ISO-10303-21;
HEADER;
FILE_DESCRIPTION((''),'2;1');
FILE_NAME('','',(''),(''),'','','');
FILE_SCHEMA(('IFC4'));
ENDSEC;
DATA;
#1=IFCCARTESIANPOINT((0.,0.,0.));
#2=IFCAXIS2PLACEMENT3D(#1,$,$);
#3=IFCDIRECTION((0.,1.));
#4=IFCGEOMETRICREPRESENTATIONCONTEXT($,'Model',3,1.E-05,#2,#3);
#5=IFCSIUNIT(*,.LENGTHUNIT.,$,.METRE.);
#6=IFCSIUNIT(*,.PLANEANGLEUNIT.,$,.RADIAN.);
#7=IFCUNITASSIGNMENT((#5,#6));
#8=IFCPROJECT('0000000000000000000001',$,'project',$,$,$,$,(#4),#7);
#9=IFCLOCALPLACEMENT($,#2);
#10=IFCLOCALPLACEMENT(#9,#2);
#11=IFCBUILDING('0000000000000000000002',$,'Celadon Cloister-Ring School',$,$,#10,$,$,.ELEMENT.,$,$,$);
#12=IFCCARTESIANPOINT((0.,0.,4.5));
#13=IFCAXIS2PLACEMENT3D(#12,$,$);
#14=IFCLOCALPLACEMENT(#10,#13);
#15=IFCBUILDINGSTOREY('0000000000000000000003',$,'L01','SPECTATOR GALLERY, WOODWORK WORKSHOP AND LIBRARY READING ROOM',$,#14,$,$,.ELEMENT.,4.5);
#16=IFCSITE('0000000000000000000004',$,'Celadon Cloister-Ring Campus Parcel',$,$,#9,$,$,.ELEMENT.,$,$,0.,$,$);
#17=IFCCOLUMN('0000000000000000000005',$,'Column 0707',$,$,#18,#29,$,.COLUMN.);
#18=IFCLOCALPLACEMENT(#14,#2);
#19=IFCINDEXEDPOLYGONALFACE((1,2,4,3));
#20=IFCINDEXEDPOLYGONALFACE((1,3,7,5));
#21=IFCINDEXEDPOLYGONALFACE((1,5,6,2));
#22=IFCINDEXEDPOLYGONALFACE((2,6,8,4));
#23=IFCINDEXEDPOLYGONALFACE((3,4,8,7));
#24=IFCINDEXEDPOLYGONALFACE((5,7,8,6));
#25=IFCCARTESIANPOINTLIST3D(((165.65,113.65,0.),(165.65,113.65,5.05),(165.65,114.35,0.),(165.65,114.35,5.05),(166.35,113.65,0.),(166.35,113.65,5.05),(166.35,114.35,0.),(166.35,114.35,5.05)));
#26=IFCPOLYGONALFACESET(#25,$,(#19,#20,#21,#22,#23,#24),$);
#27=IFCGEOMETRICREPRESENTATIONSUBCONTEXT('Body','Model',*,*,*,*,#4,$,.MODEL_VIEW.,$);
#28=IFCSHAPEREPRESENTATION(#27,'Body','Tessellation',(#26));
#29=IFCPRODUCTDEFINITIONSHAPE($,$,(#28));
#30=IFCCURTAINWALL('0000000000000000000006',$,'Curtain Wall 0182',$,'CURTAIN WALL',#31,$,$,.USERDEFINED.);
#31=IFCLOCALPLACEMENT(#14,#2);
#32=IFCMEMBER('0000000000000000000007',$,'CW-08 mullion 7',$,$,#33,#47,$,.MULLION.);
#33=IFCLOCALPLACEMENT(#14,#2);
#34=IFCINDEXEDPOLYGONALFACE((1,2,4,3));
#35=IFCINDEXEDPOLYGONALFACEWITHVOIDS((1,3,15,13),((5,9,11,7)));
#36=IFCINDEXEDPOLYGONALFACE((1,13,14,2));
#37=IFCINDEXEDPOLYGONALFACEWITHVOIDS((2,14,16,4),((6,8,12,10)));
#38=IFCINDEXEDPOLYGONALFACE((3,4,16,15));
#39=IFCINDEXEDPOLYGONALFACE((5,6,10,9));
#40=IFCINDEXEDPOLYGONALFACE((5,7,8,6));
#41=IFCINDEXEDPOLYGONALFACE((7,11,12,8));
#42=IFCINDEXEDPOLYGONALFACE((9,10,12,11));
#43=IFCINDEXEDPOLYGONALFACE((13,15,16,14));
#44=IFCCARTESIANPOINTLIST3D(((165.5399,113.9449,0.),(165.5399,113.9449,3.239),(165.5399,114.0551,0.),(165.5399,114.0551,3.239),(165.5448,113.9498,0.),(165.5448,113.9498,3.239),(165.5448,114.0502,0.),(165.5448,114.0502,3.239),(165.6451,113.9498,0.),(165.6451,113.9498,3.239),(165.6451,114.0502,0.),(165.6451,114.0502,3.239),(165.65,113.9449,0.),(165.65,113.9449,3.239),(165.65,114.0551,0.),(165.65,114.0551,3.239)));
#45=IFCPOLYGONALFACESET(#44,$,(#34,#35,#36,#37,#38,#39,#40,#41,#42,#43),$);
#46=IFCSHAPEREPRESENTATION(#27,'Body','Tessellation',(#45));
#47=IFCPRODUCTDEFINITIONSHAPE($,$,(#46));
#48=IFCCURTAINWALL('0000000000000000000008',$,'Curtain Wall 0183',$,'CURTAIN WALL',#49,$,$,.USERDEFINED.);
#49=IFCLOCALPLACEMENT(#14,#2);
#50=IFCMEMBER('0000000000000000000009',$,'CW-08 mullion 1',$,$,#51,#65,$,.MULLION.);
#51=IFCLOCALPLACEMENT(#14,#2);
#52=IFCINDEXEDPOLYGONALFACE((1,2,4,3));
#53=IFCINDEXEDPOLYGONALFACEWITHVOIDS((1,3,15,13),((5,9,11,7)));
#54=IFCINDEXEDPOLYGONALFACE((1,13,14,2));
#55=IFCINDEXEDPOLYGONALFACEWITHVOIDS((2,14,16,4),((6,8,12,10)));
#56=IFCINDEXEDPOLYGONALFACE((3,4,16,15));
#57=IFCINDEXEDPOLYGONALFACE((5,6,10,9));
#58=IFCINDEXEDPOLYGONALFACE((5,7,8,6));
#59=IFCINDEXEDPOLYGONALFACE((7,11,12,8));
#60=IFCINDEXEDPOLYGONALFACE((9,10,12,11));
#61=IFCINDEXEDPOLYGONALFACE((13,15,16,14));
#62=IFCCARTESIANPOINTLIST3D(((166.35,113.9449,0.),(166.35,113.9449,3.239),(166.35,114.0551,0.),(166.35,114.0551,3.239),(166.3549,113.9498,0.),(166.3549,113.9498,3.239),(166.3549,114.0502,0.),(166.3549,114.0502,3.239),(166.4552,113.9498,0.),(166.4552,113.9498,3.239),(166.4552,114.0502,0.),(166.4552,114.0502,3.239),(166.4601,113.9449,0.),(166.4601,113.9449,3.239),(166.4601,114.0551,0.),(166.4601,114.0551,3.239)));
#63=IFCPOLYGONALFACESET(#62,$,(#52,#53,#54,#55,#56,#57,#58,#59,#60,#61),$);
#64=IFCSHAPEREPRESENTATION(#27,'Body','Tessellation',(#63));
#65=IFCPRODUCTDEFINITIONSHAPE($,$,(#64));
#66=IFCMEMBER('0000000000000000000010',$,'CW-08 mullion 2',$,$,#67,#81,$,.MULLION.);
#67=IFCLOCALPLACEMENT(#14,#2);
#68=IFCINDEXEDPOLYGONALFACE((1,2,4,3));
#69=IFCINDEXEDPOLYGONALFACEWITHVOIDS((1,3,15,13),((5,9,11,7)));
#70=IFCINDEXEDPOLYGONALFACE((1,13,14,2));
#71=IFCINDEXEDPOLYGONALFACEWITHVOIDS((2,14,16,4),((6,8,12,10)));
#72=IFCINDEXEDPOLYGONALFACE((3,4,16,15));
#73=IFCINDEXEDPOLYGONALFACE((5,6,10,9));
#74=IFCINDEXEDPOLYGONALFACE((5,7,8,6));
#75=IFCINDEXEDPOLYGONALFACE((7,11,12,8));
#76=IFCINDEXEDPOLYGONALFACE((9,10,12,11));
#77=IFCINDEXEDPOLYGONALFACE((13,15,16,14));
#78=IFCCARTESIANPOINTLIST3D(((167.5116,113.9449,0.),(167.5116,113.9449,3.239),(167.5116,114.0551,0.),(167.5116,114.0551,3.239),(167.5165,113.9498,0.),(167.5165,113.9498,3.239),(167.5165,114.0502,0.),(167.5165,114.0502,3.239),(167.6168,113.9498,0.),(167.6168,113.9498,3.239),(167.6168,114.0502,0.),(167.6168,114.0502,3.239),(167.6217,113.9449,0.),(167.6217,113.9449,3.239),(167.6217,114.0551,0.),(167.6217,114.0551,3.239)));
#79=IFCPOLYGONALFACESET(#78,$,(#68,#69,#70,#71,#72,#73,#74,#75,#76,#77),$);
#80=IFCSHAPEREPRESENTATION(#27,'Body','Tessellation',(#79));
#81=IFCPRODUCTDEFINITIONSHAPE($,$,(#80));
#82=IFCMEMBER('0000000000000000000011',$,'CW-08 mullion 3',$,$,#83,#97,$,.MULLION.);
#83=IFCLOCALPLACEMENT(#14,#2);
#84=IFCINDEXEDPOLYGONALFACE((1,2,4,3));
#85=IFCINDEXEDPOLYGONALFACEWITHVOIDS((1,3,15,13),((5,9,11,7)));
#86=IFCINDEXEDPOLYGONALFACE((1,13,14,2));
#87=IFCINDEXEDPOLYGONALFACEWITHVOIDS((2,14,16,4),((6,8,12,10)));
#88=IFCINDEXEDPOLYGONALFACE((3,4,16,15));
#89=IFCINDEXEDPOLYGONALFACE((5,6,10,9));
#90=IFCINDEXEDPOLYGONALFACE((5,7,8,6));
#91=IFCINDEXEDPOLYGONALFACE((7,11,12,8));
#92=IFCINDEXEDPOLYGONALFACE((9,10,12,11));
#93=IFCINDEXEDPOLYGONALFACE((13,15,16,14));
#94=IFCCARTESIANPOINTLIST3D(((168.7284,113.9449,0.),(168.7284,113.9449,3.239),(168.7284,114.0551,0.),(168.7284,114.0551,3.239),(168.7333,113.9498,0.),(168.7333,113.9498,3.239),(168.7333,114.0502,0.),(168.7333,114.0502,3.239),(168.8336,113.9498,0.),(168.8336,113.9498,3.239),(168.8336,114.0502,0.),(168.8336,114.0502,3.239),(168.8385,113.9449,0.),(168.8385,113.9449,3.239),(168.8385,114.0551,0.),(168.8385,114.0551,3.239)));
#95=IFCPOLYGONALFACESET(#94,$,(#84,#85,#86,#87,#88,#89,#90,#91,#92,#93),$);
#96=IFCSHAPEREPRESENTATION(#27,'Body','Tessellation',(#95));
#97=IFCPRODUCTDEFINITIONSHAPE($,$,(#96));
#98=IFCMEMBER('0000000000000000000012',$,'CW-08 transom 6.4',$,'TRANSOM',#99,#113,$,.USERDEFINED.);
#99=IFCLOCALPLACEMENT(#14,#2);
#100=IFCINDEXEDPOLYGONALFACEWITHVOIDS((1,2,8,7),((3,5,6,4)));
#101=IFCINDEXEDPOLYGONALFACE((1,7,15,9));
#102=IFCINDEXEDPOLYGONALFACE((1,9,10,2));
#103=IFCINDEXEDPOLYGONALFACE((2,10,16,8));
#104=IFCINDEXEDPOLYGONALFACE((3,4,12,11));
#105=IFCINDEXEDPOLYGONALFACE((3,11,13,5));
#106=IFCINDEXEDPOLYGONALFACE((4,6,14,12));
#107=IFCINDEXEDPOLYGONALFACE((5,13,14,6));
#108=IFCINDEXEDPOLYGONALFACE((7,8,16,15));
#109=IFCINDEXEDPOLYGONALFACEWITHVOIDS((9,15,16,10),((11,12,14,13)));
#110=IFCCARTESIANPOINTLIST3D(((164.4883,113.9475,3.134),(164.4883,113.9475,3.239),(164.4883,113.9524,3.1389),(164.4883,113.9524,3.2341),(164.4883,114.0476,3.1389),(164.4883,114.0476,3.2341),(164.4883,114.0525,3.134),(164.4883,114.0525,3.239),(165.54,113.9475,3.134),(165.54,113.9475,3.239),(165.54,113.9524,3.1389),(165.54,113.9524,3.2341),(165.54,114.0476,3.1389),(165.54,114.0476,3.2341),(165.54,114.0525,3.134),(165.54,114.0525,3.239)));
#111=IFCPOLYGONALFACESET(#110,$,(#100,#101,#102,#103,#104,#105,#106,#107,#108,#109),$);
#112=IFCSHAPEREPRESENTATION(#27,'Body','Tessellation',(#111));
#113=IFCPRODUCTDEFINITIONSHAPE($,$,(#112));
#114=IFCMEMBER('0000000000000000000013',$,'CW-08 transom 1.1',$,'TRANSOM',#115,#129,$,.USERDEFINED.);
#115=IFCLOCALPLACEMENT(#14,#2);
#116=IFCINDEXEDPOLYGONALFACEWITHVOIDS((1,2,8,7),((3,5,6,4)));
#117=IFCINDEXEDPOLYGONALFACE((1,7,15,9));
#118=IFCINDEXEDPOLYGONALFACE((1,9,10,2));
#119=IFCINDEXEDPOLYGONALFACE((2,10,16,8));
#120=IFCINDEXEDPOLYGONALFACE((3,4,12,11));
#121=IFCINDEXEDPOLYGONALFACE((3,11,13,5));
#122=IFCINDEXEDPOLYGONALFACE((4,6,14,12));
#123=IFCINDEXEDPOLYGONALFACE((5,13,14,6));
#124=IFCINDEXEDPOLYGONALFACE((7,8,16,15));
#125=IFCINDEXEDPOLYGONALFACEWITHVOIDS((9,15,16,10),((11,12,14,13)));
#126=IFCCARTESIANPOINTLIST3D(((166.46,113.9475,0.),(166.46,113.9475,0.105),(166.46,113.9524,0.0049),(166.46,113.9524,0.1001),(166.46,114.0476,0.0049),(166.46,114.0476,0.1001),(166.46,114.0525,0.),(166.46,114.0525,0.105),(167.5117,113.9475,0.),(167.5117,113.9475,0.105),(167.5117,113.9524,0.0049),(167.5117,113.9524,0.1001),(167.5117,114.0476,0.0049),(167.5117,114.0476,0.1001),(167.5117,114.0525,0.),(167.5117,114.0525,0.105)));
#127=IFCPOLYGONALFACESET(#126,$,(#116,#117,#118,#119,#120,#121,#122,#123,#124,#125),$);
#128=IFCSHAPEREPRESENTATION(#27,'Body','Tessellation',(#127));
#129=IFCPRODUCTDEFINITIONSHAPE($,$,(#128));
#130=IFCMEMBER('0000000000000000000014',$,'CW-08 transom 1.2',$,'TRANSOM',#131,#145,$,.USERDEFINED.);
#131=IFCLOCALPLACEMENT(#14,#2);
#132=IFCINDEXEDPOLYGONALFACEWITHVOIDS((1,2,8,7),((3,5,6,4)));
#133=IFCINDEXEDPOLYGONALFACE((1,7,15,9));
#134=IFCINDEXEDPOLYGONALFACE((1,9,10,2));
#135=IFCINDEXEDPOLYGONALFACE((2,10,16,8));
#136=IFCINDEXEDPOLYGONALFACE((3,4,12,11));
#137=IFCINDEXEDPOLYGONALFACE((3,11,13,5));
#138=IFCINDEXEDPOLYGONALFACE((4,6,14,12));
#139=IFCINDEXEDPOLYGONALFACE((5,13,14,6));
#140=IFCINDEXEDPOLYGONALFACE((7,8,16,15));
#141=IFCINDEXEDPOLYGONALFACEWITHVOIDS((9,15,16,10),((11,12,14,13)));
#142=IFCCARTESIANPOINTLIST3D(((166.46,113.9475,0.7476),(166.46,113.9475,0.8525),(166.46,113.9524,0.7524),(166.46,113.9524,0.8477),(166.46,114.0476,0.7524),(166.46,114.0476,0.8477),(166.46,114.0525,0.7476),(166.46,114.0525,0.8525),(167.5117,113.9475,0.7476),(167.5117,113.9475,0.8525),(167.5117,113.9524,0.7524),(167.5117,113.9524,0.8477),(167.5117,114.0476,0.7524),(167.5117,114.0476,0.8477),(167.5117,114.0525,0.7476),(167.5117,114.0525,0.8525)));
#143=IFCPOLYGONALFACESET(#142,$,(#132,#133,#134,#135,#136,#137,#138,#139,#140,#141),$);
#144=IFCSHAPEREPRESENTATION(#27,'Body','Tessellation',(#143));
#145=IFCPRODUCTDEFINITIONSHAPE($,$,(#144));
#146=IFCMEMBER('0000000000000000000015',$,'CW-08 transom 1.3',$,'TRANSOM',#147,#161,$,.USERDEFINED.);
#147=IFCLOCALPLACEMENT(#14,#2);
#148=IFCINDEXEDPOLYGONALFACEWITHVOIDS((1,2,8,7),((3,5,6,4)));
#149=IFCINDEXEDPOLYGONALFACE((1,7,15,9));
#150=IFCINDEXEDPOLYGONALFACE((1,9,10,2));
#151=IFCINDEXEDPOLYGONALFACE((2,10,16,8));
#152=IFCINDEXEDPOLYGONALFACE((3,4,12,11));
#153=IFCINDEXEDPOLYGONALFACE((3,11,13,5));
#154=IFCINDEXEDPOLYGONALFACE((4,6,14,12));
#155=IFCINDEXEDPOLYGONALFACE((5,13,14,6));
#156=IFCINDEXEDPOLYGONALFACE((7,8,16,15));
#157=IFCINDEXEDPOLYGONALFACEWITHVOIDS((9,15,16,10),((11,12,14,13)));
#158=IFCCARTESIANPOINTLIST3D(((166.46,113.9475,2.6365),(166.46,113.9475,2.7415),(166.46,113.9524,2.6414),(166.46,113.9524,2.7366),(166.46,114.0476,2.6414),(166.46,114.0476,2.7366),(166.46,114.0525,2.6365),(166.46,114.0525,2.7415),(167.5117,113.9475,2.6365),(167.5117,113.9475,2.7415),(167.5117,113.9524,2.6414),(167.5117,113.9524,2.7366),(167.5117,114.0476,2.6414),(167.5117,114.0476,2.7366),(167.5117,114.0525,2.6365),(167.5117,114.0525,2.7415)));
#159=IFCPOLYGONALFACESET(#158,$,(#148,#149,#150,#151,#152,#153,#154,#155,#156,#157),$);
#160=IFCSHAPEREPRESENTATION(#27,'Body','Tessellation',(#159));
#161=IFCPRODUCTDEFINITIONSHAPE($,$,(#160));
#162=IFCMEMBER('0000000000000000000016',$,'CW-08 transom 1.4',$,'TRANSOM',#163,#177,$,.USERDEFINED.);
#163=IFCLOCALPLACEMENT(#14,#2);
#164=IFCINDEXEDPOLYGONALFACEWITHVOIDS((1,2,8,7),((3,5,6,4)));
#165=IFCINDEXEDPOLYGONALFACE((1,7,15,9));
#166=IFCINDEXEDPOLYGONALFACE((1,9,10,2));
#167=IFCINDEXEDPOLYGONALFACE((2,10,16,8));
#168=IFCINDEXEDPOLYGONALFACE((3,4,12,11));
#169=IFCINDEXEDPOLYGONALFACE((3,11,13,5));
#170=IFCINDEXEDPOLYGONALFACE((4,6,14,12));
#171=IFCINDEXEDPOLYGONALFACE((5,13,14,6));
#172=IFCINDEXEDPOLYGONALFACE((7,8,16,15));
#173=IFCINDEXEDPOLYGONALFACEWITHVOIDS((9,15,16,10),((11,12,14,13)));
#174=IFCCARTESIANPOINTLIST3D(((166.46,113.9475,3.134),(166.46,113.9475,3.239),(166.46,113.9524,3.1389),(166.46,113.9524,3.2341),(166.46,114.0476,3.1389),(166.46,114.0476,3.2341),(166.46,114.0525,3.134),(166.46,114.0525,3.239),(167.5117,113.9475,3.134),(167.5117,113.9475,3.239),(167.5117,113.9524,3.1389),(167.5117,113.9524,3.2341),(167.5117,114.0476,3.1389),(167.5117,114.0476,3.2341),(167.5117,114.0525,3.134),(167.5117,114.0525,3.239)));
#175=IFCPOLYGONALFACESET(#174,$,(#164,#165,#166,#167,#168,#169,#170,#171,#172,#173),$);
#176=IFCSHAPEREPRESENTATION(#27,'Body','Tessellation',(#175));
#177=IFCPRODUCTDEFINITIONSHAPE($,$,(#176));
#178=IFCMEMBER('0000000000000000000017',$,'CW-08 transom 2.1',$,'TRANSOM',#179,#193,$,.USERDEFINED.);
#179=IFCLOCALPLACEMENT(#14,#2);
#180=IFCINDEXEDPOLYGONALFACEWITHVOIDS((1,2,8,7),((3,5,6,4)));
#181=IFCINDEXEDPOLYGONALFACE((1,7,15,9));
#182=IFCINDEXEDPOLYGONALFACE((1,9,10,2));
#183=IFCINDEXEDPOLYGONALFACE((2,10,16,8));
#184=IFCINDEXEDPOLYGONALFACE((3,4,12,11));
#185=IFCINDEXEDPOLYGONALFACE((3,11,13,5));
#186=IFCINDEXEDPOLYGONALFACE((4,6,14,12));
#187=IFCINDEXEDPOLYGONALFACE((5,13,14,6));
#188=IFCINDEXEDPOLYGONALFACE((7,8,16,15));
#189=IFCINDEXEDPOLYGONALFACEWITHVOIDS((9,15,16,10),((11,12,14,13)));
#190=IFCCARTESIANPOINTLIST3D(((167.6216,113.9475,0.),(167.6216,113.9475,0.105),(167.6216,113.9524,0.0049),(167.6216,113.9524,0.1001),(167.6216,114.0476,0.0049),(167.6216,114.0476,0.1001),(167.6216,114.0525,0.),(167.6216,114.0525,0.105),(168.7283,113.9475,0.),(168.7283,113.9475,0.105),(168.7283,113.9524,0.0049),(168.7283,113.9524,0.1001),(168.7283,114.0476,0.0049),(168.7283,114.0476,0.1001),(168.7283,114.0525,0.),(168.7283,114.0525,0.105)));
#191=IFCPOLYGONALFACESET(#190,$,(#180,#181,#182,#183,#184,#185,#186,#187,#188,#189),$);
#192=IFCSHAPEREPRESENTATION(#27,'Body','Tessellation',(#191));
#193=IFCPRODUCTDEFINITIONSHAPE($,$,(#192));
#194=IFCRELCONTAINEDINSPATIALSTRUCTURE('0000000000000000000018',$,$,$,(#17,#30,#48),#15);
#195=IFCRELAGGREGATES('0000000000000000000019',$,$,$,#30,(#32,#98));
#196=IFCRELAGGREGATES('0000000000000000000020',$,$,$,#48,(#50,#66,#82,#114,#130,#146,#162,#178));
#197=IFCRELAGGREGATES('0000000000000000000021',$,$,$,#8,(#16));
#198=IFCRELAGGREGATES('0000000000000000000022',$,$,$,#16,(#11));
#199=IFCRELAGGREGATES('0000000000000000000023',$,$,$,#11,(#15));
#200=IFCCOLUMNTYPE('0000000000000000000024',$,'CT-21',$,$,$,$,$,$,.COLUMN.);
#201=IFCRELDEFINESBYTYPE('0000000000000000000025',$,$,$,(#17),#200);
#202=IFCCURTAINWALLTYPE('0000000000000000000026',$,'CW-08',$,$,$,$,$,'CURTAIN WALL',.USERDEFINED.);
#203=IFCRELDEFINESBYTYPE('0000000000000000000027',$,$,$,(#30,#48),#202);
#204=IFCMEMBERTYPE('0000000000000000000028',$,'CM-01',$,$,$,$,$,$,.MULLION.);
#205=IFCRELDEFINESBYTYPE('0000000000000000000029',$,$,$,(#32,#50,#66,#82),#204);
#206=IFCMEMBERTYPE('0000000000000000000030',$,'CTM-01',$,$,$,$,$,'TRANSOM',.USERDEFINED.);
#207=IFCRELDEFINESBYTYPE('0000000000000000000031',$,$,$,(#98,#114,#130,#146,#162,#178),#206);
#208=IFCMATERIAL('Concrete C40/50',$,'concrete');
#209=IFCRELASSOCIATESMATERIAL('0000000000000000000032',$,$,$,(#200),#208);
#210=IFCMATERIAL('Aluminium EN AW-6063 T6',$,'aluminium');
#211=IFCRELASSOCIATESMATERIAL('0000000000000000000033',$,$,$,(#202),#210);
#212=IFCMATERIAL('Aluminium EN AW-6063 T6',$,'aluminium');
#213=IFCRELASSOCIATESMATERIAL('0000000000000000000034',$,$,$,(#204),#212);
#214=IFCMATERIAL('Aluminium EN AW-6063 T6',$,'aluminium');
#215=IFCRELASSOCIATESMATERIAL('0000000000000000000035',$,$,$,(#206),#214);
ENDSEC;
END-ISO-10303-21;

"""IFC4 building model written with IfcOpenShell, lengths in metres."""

from ifc_helpers import new_model, si_unit, direction, frame, origin, origin_2d, place, context, subcontext, project, spatial, rectangle, hollow_rectangle, extrude, material, material_profile, profile_set, type_object, element, aggregate, save


model = new_model("IFC4")

# Units and contexts
model_context = context("Model", 3, precision=1e-05, world=origin(), true_north=direction((0.0, 1.0)))
body_context = subcontext(model_context, "Body", "Model", "MODEL_VIEW")
ifc_project = project(units=[si_unit("LENGTHUNIT", "METRE"), si_unit("PLANEANGLEUNIT", "RADIAN")], contexts=[model_context])

# Site, building, storey
site_placement = place(None, origin())
site = spatial("IfcSite", under=ifc_project, at=site_placement, Name="Celadon Cloister-Ring Campus Parcel", CompositionType="ELEMENT", RefElevation=0.0)
building_placement = place(site_placement, origin())
building = spatial("IfcBuilding", under=site, at=building_placement, Name="Celadon Cloister-Ring School", CompositionType="ELEMENT")
storey_placement = place(building_placement, frame((0.0, 0.0, 4.5)))
storey = spatial("IfcBuildingStorey", under=building, at=storey_placement, Name="L01", Description="SPECTATOR GALLERY, WOODWORK WORKSHOP AND LIBRARY READING ROOM", CompositionType="ELEMENT", Elevation=4.5)

# Column
ifc_material_1 = material(Name="Concrete C40/50", Category="concrete")
ifc_material_profile_1 = material_profile(ifc_material_1, rectangle(XDim=0.7, YDim=0.7, at=origin_2d()), Name="RC700X700")
ifc_profile_set_1 = profile_set([ifc_material_profile_1], Name="Concrete C40/50")
column_type = type_object("IfcColumnType", Name="CT-21", PredefinedType="COLUMN", material=ifc_profile_set_1)
column_placement = place(storey_placement, frame((166.0, 114.0, 0.0), z_axis=(0.0, 0.0, 1.0), x_axis=(1.0, 0.0, 0.0)))
element("IfcColumn", 1, at=column_placement, inside=storey, type_object=column_type, Name="Column 0707", PredefinedType="COLUMN", context=body_context, shape_type="SweptSolid", body=[
    extrude(rectangle(XDim=0.7, YDim=0.7, at=origin_2d()), origin(), (0.0, 0.0, 1.0), 5.05),
])

# Curtain wall, member
ifc_material_2 = material(Name="Aluminium EN AW-6063 T6", Category="aluminium")
curtain_wall_type = type_object("IfcCurtainWallType", Name="CW-08", ElementType="CURTAIN WALL", PredefinedType="USERDEFINED", material=ifc_material_2)
curtain_wall_1_placement = place(storey_placement, origin())
curtain_wall_1 = element("IfcCurtainWall", 2, at=curtain_wall_1_placement, inside=storey, type_object=curtain_wall_type, Name="Curtain Wall 0182", ObjectType="CURTAIN WALL", PredefinedType="USERDEFINED")
ifc_material_3 = material(Name="Aluminium EN AW-6063 T6", Category="aluminium")
ifc_material_profile_2 = material_profile(ifc_material_3, hollow_rectangle(XDim=0.1101, YDim=0.1101, WallThickness=0.0049, at=origin_2d()), Name="RHS110X110X5")
ifc_profile_set_2 = profile_set([ifc_material_profile_2], Name="Aluminium EN AW-6063 T6")
member_type_1 = type_object("IfcMemberType", Name="CM-01", PredefinedType="MULLION", material=ifc_profile_set_2)
member_1_placement = place(storey_placement, frame((165.595, 114.0, 0.0), z_axis=(0.0, 0.0, 1.0), x_axis=(0.0, 1.0, 0.0)))
member_1 = element("IfcMember", 3, at=member_1_placement, type_object=member_type_1, Name="CW-08 mullion 7", PredefinedType="MULLION", context=body_context, shape_type="SweptSolid", body=[
    extrude(hollow_rectangle(XDim=0.1101, YDim=0.1101, WallThickness=0.0049, at=origin_2d()), origin(), (0.0, 0.0, 1.0), 3.239),
])

# Curtain wall, members
curtain_wall_2_placement = place(storey_placement, origin())
curtain_wall_2 = element("IfcCurtainWall", 4, at=curtain_wall_2_placement, inside=storey, type_object=curtain_wall_type, Name="Curtain Wall 0183", ObjectType="CURTAIN WALL", PredefinedType="USERDEFINED")
member_2_placement = place(storey_placement, frame((166.405, 114.0, 0.0), z_axis=(0.0, 0.0, 1.0), x_axis=(0.0, 1.0, 0.0)))
member_2 = element("IfcMember", 5, at=member_2_placement, type_object=member_type_1, Name="CW-08 mullion 1", PredefinedType="MULLION", context=body_context, shape_type="SweptSolid", body=[
    extrude(hollow_rectangle(XDim=0.1101, YDim=0.1101, WallThickness=0.0049, at=origin_2d()), origin(), (0.0, 0.0, 1.0), 3.239),
])
member_3_placement = place(storey_placement, frame((167.5667, 114.0, 0.0), z_axis=(0.0, 0.0, 1.0), x_axis=(0.0, 1.0, 0.0)))
member_3 = element("IfcMember", 6, at=member_3_placement, type_object=member_type_1, Name="CW-08 mullion 2", PredefinedType="MULLION", context=body_context, shape_type="SweptSolid", body=[
    extrude(hollow_rectangle(XDim=0.1101, YDim=0.1101, WallThickness=0.0049, at=origin_2d()), origin(), (0.0, 0.0, 1.0), 3.239),
])
member_4_placement = place(storey_placement, frame((168.7834, 114.0, 0.0), z_axis=(0.0, 0.0, 1.0), x_axis=(0.0, 1.0, 0.0)))
member_4 = element("IfcMember", 7, at=member_4_placement, type_object=member_type_1, Name="CW-08 mullion 3", PredefinedType="MULLION", context=body_context, shape_type="SweptSolid", body=[
    extrude(hollow_rectangle(XDim=0.1101, YDim=0.1101, WallThickness=0.0049, at=origin_2d()), origin(), (0.0, 0.0, 1.0), 3.239),
])

# Members
ifc_material_4 = material(Name="Aluminium EN AW-6063 T6", Category="aluminium")
ifc_material_profile_3 = material_profile(ifc_material_4, hollow_rectangle(XDim=0.105, YDim=0.105, WallThickness=0.0049, at=origin_2d()), Name="RHS105X105X5")
ifc_profile_set_3 = profile_set([ifc_material_profile_3], Name="Aluminium EN AW-6063 T6")
member_type_2 = type_object("IfcMemberType", Name="CTM-01", ElementType="TRANSOM", PredefinedType="USERDEFINED", material=ifc_profile_set_3)
member_5_placement = place(storey_placement, frame((164.4883, 114.0, 3.1865), z_axis=(1.0, 0.0, 0.0), x_axis=(0.0, 1.0, 0.0)))
member_5 = element("IfcMember", 8, at=member_5_placement, type_object=member_type_2, Name="CW-08 transom 6.4", ObjectType="TRANSOM", PredefinedType="USERDEFINED", context=body_context, shape_type="SweptSolid", body=[
    extrude(hollow_rectangle(XDim=0.105, YDim=0.105, WallThickness=0.0049, at=origin_2d()), origin(), (0.0, 0.0, 1.0), 1.0518),
])
member_6_placement = place(storey_placement, frame((166.46, 114.0, 0.0525), z_axis=(1.0, 0.0, 0.0), x_axis=(0.0, 1.0, 0.0)))
member_6 = element("IfcMember", 9, at=member_6_placement, type_object=member_type_2, Name="CW-08 transom 1.1", ObjectType="TRANSOM", PredefinedType="USERDEFINED", context=body_context, shape_type="SweptSolid", body=[
    extrude(hollow_rectangle(XDim=0.105, YDim=0.105, WallThickness=0.0049, at=origin_2d()), origin(), (0.0, 0.0, 1.0), 1.0518),
])
member_7_placement = place(storey_placement, frame((166.46, 114.0, 0.8), z_axis=(1.0, 0.0, 0.0), x_axis=(0.0, 1.0, 0.0)))
member_7 = element("IfcMember", 10, at=member_7_placement, type_object=member_type_2, Name="CW-08 transom 1.2", ObjectType="TRANSOM", PredefinedType="USERDEFINED", context=body_context, shape_type="SweptSolid", body=[
    extrude(hollow_rectangle(XDim=0.105, YDim=0.105, WallThickness=0.0049, at=origin_2d()), origin(), (0.0, 0.0, 1.0), 1.0518),
])
member_8_placement = place(storey_placement, frame((166.46, 114.0, 2.689), z_axis=(1.0, 0.0, 0.0), x_axis=(0.0, 1.0, 0.0)))
member_8 = element("IfcMember", 11, at=member_8_placement, type_object=member_type_2, Name="CW-08 transom 1.3", ObjectType="TRANSOM", PredefinedType="USERDEFINED", context=body_context, shape_type="SweptSolid", body=[
    extrude(hollow_rectangle(XDim=0.105, YDim=0.105, WallThickness=0.0049, at=origin_2d()), origin(), (0.0, 0.0, 1.0), 1.0518),
])
member_9_placement = place(storey_placement, frame((166.46, 114.0, 3.1865), z_axis=(1.0, 0.0, 0.0), x_axis=(0.0, 1.0, 0.0)))
member_9 = element("IfcMember", 12, at=member_9_placement, type_object=member_type_2, Name="CW-08 transom 1.4", ObjectType="TRANSOM", PredefinedType="USERDEFINED", context=body_context, shape_type="SweptSolid", body=[
    extrude(hollow_rectangle(XDim=0.105, YDim=0.105, WallThickness=0.0049, at=origin_2d()), origin(), (0.0, 0.0, 1.0), 1.0518),
])
member_10_placement = place(storey_placement, frame((167.6216, 114.0, 0.0525), z_axis=(1.0, 0.0, 0.0), x_axis=(0.0, 1.0, 0.0)))
member_10 = element("IfcMember", 13, at=member_10_placement, type_object=member_type_2, Name="CW-08 transom 2.1", ObjectType="TRANSOM", PredefinedType="USERDEFINED", context=body_context, shape_type="SweptSolid", body=[
    extrude(hollow_rectangle(XDim=0.105, YDim=0.105, WallThickness=0.0049, at=origin_2d()), origin(), (0.0, 0.0, 1.0), 1.1067),
])

aggregate(curtain_wall_1, [member_1, member_5])
aggregate(curtain_wall_2, [member_2, member_3, member_4, member_6, member_7, member_8, member_9, member_10])

save(model, "model.ifc")
